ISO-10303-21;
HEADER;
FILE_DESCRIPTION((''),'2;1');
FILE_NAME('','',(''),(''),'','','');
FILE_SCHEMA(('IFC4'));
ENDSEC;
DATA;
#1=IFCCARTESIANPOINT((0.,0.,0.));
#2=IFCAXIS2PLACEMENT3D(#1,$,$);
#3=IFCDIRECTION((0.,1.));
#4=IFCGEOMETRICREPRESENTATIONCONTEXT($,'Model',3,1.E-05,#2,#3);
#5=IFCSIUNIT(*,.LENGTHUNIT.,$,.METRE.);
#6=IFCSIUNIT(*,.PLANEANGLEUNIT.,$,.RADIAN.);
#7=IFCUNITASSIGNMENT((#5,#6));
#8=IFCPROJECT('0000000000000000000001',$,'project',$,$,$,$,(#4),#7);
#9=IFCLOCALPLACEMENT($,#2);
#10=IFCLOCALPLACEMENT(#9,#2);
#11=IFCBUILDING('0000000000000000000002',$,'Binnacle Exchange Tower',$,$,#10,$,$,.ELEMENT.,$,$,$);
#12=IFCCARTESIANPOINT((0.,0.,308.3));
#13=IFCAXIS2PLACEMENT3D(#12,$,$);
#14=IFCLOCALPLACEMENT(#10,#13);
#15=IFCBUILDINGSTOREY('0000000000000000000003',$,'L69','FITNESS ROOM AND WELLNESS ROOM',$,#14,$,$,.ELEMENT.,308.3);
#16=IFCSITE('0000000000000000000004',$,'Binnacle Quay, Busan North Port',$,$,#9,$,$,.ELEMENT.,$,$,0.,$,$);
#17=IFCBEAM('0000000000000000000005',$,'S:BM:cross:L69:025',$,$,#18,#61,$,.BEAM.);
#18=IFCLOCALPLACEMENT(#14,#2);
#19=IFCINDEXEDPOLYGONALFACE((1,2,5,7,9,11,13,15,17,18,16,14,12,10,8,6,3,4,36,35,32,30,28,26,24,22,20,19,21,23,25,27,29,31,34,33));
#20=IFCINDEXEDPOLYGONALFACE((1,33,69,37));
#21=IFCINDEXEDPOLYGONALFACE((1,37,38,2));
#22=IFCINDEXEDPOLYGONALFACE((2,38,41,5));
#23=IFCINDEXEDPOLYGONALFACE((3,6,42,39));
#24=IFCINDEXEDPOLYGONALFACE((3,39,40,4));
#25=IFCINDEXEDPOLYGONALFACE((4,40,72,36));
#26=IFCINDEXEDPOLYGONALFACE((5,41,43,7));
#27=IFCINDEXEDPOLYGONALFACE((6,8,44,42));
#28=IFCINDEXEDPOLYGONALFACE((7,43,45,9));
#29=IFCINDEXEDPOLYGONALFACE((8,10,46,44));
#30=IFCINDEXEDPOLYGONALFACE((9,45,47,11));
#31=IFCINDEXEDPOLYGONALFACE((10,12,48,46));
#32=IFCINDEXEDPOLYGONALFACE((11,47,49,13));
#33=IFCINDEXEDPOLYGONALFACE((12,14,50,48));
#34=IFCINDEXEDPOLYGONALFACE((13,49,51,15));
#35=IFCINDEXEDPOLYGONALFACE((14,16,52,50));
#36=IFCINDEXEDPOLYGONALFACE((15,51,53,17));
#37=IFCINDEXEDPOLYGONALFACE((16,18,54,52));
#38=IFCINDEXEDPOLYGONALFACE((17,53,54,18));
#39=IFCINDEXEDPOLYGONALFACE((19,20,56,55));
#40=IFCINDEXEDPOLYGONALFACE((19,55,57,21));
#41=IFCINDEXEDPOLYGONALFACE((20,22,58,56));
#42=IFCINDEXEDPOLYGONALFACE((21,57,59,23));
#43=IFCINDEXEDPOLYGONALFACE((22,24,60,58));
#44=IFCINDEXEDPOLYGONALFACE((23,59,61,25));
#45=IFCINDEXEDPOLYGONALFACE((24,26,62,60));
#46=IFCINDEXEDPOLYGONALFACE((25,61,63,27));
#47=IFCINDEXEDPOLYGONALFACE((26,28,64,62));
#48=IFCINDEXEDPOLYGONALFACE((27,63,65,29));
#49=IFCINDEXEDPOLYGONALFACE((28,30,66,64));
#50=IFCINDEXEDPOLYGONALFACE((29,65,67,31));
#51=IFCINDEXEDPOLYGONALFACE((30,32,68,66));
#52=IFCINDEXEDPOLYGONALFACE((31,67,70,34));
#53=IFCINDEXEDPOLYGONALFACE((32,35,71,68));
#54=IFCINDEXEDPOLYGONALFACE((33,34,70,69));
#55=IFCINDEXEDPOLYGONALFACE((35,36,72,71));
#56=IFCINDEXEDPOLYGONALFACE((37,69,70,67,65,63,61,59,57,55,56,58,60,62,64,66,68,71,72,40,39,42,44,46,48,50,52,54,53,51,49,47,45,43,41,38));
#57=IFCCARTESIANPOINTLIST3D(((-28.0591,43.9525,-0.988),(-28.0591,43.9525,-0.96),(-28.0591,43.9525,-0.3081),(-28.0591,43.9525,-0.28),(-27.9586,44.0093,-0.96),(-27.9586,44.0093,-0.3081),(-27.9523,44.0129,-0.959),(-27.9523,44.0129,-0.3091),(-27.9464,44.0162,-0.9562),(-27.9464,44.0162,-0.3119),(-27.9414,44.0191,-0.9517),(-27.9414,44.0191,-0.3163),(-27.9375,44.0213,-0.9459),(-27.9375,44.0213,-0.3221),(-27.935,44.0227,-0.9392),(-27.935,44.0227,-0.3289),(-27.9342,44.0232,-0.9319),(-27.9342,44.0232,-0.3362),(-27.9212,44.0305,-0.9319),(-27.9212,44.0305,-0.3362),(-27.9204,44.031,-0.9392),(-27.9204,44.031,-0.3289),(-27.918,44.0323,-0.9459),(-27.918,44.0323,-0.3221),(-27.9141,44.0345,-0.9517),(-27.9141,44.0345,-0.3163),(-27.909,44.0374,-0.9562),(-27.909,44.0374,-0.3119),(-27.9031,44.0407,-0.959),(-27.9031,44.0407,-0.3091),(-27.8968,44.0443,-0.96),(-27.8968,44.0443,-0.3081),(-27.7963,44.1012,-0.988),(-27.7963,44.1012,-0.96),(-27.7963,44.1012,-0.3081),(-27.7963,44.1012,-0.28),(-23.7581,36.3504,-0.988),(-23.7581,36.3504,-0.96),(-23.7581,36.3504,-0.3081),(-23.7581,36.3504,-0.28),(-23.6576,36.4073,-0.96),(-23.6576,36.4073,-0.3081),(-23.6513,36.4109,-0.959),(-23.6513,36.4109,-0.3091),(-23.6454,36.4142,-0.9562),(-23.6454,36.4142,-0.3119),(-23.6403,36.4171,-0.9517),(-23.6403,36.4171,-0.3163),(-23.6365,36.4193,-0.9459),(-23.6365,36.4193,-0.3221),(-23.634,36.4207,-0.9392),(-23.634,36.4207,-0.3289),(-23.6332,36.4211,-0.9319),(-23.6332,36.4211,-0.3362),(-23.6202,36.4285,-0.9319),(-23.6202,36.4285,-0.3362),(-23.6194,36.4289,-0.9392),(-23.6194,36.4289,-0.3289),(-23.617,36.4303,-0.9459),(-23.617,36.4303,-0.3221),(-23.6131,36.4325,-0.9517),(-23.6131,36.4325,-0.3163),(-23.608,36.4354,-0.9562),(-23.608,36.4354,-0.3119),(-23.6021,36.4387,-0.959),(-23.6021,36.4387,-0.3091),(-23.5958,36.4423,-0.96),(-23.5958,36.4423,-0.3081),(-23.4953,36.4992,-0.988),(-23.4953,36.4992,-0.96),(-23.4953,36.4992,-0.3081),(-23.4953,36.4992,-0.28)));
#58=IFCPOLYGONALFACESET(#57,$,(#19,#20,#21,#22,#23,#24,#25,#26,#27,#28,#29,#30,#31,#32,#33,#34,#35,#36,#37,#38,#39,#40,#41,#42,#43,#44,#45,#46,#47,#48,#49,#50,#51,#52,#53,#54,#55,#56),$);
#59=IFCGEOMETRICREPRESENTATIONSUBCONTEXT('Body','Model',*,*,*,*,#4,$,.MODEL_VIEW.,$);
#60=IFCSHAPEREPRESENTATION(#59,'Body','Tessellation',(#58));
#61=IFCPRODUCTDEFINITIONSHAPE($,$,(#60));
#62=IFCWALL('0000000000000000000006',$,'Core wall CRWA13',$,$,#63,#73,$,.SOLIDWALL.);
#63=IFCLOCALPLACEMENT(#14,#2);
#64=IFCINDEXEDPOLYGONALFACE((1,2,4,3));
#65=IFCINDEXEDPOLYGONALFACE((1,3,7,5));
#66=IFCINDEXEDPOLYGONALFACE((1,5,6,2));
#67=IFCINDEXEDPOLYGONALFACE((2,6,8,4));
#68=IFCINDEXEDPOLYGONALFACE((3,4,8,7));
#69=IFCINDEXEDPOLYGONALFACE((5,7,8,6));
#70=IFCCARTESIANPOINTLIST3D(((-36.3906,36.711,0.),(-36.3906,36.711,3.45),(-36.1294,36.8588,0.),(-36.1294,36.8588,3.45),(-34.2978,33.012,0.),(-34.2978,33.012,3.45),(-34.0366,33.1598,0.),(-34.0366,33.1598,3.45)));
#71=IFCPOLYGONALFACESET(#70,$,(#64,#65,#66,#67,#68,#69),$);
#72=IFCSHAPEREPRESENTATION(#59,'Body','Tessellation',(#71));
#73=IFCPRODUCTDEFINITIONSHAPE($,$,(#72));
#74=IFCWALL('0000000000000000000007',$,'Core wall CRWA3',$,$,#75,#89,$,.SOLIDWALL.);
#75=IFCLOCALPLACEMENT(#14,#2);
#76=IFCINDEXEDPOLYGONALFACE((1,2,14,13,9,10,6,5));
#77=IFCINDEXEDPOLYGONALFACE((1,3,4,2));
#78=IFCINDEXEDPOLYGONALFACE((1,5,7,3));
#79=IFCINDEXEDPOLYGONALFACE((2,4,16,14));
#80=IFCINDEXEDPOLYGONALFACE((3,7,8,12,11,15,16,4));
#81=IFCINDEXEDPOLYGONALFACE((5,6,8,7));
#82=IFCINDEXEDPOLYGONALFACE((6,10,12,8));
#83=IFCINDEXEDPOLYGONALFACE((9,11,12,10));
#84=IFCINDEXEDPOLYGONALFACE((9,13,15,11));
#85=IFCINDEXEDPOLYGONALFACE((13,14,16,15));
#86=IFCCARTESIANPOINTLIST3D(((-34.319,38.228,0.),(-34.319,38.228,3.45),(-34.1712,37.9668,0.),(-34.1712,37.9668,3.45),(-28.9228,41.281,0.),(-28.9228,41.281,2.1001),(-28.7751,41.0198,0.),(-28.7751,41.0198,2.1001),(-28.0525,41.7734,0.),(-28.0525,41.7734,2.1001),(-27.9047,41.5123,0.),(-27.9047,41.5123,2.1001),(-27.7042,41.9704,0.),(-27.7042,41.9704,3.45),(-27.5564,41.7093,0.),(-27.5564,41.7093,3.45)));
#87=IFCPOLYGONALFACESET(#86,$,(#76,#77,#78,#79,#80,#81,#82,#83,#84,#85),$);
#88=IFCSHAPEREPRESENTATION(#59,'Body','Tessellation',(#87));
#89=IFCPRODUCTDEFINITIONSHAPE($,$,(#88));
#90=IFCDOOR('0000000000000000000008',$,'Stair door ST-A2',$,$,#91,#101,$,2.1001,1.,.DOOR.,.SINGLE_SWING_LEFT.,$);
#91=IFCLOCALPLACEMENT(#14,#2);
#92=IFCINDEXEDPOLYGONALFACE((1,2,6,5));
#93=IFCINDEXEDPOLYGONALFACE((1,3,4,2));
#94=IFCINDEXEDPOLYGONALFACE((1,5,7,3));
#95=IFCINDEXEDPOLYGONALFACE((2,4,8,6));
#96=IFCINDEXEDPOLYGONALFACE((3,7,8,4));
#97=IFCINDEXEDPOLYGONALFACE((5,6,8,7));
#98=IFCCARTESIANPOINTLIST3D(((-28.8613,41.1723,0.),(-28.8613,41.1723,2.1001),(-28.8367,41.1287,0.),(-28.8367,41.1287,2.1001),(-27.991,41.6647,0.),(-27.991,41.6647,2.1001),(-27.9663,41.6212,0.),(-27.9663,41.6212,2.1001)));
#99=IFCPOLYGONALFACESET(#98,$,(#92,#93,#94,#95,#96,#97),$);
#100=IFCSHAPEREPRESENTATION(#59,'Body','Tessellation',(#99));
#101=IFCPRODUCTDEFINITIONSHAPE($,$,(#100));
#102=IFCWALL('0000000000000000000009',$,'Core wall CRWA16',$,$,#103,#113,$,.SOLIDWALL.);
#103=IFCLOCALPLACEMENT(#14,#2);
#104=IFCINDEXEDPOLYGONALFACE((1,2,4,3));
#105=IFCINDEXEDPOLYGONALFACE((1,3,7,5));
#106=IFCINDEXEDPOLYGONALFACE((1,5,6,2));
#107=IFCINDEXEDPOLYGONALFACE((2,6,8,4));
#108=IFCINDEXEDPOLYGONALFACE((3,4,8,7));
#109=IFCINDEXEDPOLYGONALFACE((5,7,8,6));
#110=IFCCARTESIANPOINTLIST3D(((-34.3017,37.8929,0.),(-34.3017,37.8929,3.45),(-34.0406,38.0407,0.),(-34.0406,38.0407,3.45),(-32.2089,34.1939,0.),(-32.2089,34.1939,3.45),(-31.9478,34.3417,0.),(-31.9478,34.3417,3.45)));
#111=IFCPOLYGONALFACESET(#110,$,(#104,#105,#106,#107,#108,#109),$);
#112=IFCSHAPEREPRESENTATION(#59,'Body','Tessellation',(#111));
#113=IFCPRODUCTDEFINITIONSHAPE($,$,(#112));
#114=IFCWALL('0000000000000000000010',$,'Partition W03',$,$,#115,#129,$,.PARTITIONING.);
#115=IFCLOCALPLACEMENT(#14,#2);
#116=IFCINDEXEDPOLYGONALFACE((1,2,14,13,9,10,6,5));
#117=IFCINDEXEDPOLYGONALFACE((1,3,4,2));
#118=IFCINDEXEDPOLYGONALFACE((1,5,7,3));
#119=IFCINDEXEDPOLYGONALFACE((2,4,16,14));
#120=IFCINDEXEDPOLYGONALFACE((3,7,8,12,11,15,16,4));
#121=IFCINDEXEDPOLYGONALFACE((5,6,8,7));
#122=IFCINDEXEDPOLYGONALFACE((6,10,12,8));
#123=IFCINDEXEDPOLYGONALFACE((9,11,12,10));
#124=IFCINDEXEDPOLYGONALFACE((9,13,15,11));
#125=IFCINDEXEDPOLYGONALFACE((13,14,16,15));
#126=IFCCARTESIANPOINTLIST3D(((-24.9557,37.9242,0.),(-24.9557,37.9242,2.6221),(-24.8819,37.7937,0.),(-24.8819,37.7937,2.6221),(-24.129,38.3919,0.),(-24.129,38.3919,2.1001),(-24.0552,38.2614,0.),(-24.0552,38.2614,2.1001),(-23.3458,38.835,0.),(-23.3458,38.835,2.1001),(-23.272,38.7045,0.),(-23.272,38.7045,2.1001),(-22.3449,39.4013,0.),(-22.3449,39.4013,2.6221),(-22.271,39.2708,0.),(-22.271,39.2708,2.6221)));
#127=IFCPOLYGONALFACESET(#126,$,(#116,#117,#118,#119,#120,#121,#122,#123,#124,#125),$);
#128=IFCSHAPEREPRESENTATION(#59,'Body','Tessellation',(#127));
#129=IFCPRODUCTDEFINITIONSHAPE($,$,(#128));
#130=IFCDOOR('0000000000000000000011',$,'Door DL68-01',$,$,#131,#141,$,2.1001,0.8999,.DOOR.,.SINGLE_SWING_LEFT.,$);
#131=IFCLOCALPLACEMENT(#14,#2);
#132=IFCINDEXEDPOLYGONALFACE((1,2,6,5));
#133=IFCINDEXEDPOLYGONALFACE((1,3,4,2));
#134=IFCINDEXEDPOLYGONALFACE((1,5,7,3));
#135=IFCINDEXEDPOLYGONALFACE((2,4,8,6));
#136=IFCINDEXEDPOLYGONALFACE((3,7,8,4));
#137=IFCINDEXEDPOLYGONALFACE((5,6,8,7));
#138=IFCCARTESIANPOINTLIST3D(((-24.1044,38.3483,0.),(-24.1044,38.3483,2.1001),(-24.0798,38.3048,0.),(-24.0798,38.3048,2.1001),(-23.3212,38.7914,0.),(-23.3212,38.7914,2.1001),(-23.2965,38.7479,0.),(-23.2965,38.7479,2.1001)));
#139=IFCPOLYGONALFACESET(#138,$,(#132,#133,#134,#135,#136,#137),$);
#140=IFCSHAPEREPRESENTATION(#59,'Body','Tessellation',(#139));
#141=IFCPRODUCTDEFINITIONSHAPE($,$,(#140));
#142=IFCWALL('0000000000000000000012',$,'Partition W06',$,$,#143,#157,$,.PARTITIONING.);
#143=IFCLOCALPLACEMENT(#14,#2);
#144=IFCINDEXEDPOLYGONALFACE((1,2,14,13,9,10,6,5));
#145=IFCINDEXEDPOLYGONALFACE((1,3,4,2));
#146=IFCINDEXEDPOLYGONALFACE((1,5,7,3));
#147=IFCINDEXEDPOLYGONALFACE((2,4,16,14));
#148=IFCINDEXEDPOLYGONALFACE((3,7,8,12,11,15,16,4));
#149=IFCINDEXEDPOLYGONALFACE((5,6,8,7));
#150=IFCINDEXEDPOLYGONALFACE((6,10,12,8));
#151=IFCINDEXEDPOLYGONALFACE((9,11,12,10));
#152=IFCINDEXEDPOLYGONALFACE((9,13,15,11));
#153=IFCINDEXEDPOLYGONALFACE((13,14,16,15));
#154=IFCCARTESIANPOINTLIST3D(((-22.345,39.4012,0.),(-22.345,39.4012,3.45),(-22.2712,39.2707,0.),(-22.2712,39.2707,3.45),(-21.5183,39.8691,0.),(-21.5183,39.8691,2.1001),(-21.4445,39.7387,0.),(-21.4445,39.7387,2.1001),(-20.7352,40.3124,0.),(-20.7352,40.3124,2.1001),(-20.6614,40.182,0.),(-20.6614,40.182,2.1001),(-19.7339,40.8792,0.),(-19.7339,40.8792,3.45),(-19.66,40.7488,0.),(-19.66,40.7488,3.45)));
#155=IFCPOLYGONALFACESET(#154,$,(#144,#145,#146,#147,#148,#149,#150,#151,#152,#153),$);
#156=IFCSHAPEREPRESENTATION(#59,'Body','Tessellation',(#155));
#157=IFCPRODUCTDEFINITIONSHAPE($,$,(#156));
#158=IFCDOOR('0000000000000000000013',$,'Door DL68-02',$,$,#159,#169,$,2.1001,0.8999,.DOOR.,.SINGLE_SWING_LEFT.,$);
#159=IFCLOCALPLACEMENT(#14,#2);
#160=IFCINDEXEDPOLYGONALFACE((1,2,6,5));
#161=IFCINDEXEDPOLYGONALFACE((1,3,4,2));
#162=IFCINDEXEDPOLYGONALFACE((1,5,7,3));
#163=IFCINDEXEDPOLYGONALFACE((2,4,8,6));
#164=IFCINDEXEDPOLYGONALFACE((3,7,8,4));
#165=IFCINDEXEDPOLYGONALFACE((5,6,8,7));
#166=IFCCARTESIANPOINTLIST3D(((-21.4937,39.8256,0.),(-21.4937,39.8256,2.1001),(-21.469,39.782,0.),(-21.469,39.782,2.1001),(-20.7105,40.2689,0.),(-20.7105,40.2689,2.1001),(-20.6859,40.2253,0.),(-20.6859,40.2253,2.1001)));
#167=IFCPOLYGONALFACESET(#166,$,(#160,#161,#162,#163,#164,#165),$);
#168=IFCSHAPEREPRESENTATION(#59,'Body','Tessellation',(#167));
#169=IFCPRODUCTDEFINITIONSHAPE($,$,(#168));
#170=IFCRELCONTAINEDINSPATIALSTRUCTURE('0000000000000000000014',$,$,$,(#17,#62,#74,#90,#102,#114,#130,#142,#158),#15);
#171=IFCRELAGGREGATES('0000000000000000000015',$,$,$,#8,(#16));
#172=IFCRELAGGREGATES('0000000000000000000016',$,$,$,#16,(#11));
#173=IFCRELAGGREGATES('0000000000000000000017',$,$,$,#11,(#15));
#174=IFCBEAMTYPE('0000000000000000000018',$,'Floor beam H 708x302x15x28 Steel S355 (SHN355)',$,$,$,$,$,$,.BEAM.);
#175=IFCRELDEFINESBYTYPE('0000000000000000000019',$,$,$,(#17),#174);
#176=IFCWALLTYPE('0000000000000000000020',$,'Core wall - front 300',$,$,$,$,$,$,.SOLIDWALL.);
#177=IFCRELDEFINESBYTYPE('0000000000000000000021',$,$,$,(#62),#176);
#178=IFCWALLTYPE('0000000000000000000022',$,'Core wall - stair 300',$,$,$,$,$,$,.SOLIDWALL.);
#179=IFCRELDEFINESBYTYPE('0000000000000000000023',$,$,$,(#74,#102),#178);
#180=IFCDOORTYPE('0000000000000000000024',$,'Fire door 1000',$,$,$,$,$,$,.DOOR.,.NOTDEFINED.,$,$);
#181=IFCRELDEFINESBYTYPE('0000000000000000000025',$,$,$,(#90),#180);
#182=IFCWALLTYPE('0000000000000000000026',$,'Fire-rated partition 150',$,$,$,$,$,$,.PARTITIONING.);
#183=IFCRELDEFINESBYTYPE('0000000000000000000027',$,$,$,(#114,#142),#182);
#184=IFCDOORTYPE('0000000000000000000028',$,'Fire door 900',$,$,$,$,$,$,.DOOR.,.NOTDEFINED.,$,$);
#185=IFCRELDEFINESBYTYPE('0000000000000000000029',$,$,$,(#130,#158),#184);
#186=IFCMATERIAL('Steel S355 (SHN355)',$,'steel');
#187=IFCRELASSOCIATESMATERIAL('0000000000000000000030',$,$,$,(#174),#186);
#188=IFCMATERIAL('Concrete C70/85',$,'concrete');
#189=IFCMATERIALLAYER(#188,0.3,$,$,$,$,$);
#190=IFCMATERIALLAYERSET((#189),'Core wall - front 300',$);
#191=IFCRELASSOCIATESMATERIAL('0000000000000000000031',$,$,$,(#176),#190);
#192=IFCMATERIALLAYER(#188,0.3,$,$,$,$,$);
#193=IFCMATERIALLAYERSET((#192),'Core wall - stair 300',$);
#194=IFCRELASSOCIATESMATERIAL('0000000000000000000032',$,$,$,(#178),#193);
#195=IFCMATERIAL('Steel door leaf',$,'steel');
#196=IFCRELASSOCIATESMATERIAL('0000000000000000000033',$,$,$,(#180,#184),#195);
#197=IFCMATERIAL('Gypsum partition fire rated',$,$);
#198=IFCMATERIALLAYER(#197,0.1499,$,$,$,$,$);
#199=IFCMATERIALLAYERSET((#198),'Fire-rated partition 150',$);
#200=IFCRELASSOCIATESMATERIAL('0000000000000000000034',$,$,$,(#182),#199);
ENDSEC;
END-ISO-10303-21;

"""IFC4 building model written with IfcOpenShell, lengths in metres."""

from ifc_helpers import new_model, si_unit, direction, frame, frame_2d, origin, origin_2d, place, context, subcontext, project, spatial, rectangle, i_section, extrude, material, layer, layer_set, material_profile, profile_set, type_object, element, fill, save


model = new_model("IFC4")

# Units and contexts
model_context = context("Model", 3, precision=1e-05, world=origin(), true_north=direction((0.0, 1.0)))
body_context = subcontext(model_context, "Body", "Model", "MODEL_VIEW")
ifc_project = project(units=[si_unit("LENGTHUNIT", "METRE"), si_unit("PLANEANGLEUNIT", "RADIAN")], contexts=[model_context])

# Site, building, storey
site_placement = place(None, origin())
site = spatial("IfcSite", under=ifc_project, at=site_placement, Name="Binnacle Quay, Busan North Port", CompositionType="ELEMENT", RefElevation=0.0)
building_placement = place(site_placement, origin())
building = spatial("IfcBuilding", under=site, at=building_placement, Name="Binnacle Exchange Tower", CompositionType="ELEMENT")
storey_placement = place(building_placement, frame((0.0, 0.0, 308.3)))
storey = spatial("IfcBuildingStorey", under=building, at=storey_placement, Name="L69", Description="FITNESS ROOM AND WELLNESS ROOM", CompositionType="ELEMENT", Elevation=308.3)

# Beam
ifc_material_1 = material(Name="Steel S355 (SHN355)", Category="steel")
ifc_material_profile_1 = material_profile(ifc_material_1, i_section(OverallWidth=0.302, OverallDepth=0.708, WebThickness=0.0149, FlangeThickness=0.0281, FilletRadius=0.0281, at=origin_2d()), Name="H 708x302x15x28")
ifc_profile_set_1 = profile_set([ifc_material_profile_1], Name="Steel S355 (SHN355)")
beam_type_1 = type_object("IfcBeamType", Name="Floor beam H 708x302x15x28 Steel S355 (SHN355)", PredefinedType="BEAM", material=ifc_profile_set_1)
beam_1_placement = place(storey_placement, frame((-23.6267, 36.4248, -0.634), z_axis=(-0.492423, 0.870356, 0.0), x_axis=(-0.870356, -0.492423, 0.0)))
element("IfcBeam", 1, at=beam_1_placement, inside=storey, type_object=beam_type_1, Name="S:BM:cross:L69:025", PredefinedType="BEAM", context=body_context, shape_type="SweptSolid", body=[
    extrude(i_section(OverallWidth=0.302, OverallDepth=0.708, WebThickness=0.0149, FlangeThickness=0.0281, FilletRadius=0.0281, at=origin_2d()), origin(), (0.0, 0.0, 1.0), 8.7344),
])

# Wall
ifc_material_2 = material(Name="Concrete C70/85", Category="concrete")
ifc_layer_1 = layer(ifc_material_2, 0.3)
ifc_layer_set_1 = layer_set([ifc_layer_1], Name="Core wall - front 300")
wall_type_1 = type_object("IfcWallType", Name="Core wall - front 300", PredefinedType="SOLIDWALL", material=ifc_layer_set_1)
wall_1_placement = place(storey_placement, frame((-36.26, 36.7849, 0.0), z_axis=(0.0, 0.0, 1.0), x_axis=(0.492423, -0.870356, 0.0)))
element("IfcWall", 2, at=wall_1_placement, inside=storey, type_object=wall_type_1, Name="Core wall CRWA13", PredefinedType="SOLIDWALL", context=body_context, shape_type="SweptSolid", body=[
    extrude(rectangle(XDim=4.25, YDim=0.3, at=frame_2d((2.125, 0.0))), origin(), (0.0, 0.0, 1.0), 3.45),
])

# Wall, opening, door
ifc_layer_2 = layer(ifc_material_2, 0.3)
ifc_layer_set_2 = layer_set([ifc_layer_2], Name="Core wall - stair 300")
wall_type_2 = type_object("IfcWallType", Name="Core wall - stair 300", PredefinedType="SOLIDWALL", material=ifc_layer_set_2)
wall_2_placement = place(storey_placement, frame((-34.2451, 38.0974, 0.0), z_axis=(0.0, 0.0, 1.0), x_axis=(0.870356, 0.492422, 0.0)))
wall_2 = element("IfcWall", 3, at=wall_2_placement, inside=storey, type_object=wall_type_2, Name="Core wall CRWA3", PredefinedType="SOLIDWALL", context=body_context, shape_type="SweptSolid", body=[
    extrude(rectangle(XDim=7.6001, YDim=0.3, at=frame_2d((3.8, 0.0))), origin(), (0.0, 0.0, 1.0), 3.45),
])
opening_1_placement = place(wall_2_placement, frame((6.2, 0.0, 0.0)))
opening_1 = element("IfcOpeningElement", 4, at=opening_1_placement, cuts=wall_2, PredefinedType="OPENING", context=body_context, shape_type="SweptSolid", body=[
    extrude(rectangle(XDim=1.0, YDim=2.1001, at=frame_2d((0.5, 1.05))), frame((0.0, 0.1599, 0.0), z_axis=(0.0, -1.0, 0.0), x_axis=(1.0, 0.0, 0.0)), (0.0, 0.0, 1.0), 0.3201),
])
ifc_material_3 = material(Name="Steel door leaf", Category="steel")
door_type_1 = type_object("IfcDoorType", Name="Fire door 1000", OperationType="NOTDEFINED", PredefinedType="DOOR", material=ifc_material_3)
door_1_placement = place(opening_1_placement, frame((1.0, 0.0, 0.0), z_axis=(0.0, 0.0, 1.0), x_axis=(-1.0, 0.0, 0.0)))
door_1 = element("IfcDoor", 5, at=door_1_placement, inside=storey, type_object=door_type_1, Name="Stair door ST-A2", OperationType="SINGLE_SWING_LEFT", OverallHeight=2.1001, OverallWidth=1.0, PredefinedType="DOOR", context=body_context, shape_type="SweptSolid", body=[
    extrude(rectangle(XDim=1.0, YDim=2.1001, at=frame_2d((0.5, 1.05))), frame((0.0, 0.0249, 0.0), z_axis=(0.0, -1.0, 0.0), x_axis=(1.0, 0.0, 0.0)), (0.0, 0.0, 1.0), 0.05),
])
fill(opening_1, door_1)

# Wall
wall_3_placement = place(storey_placement, frame((-34.1711, 37.9668, 0.0), z_axis=(0.0, 0.0, 1.0), x_axis=(0.492423, -0.870356, 0.0)))
element("IfcWall", 6, at=wall_3_placement, inside=storey, type_object=wall_type_2, Name="Core wall CRWA16", PredefinedType="SOLIDWALL", context=body_context, shape_type="SweptSolid", body=[
    extrude(rectangle(XDim=4.25, YDim=0.3, at=frame_2d((2.125, 0.0))), origin(), (0.0, 0.0, 1.0), 3.45),
])

# Walls, openings, doors
ifc_material_4 = material(Name="Gypsum partition fire rated")
ifc_layer_3 = layer(ifc_material_4, 0.1499)
ifc_layer_set_3 = layer_set([ifc_layer_3], Name="Fire-rated partition 150")
wall_type_3 = type_object("IfcWallType", Name="Fire-rated partition 150", PredefinedType="PARTITIONING", material=ifc_layer_set_3)
wall_4_placement = place(storey_placement, frame((-24.9189, 37.8589, 0.0), z_axis=(0.0, 0.0, 1.0), x_axis=(0.870369, 0.4924, 0.0)))
wall_4 = element("IfcWall", 7, at=wall_4_placement, inside=storey, type_object=wall_type_3, Name="Partition W03", PredefinedType="PARTITIONING", context=body_context, shape_type="SweptSolid", body=[
    extrude(rectangle(XDim=2.9998, YDim=0.1499, at=frame_2d((1.5, 0.0))), origin(), (0.0, 0.0, 1.0), 2.6221),
])
opening_2_placement = place(wall_4_placement, frame((0.95, 0.0, 0.0)))
opening_2 = element("IfcOpeningElement", 8, at=opening_2_placement, cuts=wall_4, PredefinedType="OPENING", context=body_context, shape_type="SweptSolid", body=[
    extrude(rectangle(XDim=0.8999, YDim=2.1001, at=frame_2d((0.45, 1.05))), frame((0.0, 0.085, 0.0), z_axis=(0.0, -1.0, 0.0), x_axis=(1.0, 0.0, 0.0)), (0.0, 0.0, 1.0), 0.1699),
])
door_type_2 = type_object("IfcDoorType", Name="Fire door 900", OperationType="NOTDEFINED", PredefinedType="DOOR", material=ifc_material_3)
door_2_placement = place(opening_2_placement, origin())
door_2 = element("IfcDoor", 9, at=door_2_placement, inside=storey, type_object=door_type_2, Name="Door DL68-01", OperationType="SINGLE_SWING_LEFT", OverallHeight=2.1001, OverallWidth=0.8999, PredefinedType="DOOR", context=body_context, shape_type="SweptSolid", body=[
    extrude(rectangle(XDim=0.8999, YDim=2.1001, at=frame_2d((0.45, 1.05))), frame((0.0, 0.0249, 0.0), z_axis=(0.0, -1.0, 0.0), x_axis=(1.0, 0.0, 0.0)), (0.0, 0.0, 1.0), 0.05),
])
fill(opening_2, door_2)
wall_5_placement = place(storey_placement, frame((-22.3081, 39.3359, 0.0), z_axis=(0.0, 0.0, 1.0), x_axis=(0.870249, 0.492612, 0.0)))
wall_5 = element("IfcWall", 10, at=wall_5_placement, inside=storey, type_object=wall_type_3, Name="Partition W06", PredefinedType="PARTITIONING", context=body_context, shape_type="SweptSolid", body=[
    extrude(rectangle(XDim=3.0005, YDim=0.1499, at=frame_2d((1.5002, 0.0))), origin(), (0.0, 0.0, 1.0), 3.45),
])
opening_3_placement = place(wall_5_placement, frame((0.95, 0.0, 0.0)))
opening_3 = element("IfcOpeningElement", 11, at=opening_3_placement, cuts=wall_5, PredefinedType="OPENING", context=body_context, shape_type="SweptSolid", body=[
    extrude(rectangle(XDim=0.8999, YDim=2.1001, at=frame_2d((0.45, 1.05))), frame((0.0, 0.085, 0.0), z_axis=(0.0, -1.0, 0.0), x_axis=(1.0, 0.0, 0.0)), (0.0, 0.0, 1.0), 0.1699),
])
door_3_placement = place(opening_3_placement, origin())
door_3 = element("IfcDoor", 12, at=door_3_placement, inside=storey, type_object=door_type_2, Name="Door DL68-02", OperationType="SINGLE_SWING_LEFT", OverallHeight=2.1001, OverallWidth=0.8999, PredefinedType="DOOR", context=body_context, shape_type="SweptSolid", body=[
    extrude(rectangle(XDim=0.8999, YDim=2.1001, at=frame_2d((0.45, 1.05))), frame((0.0, 0.0249, 0.0), z_axis=(0.0, -1.0, 0.0), x_axis=(1.0, 0.0, 0.0)), (0.0, 0.0, 1.0), 0.05),
])
fill(opening_3, door_3)

save(model, "model.ifc")
